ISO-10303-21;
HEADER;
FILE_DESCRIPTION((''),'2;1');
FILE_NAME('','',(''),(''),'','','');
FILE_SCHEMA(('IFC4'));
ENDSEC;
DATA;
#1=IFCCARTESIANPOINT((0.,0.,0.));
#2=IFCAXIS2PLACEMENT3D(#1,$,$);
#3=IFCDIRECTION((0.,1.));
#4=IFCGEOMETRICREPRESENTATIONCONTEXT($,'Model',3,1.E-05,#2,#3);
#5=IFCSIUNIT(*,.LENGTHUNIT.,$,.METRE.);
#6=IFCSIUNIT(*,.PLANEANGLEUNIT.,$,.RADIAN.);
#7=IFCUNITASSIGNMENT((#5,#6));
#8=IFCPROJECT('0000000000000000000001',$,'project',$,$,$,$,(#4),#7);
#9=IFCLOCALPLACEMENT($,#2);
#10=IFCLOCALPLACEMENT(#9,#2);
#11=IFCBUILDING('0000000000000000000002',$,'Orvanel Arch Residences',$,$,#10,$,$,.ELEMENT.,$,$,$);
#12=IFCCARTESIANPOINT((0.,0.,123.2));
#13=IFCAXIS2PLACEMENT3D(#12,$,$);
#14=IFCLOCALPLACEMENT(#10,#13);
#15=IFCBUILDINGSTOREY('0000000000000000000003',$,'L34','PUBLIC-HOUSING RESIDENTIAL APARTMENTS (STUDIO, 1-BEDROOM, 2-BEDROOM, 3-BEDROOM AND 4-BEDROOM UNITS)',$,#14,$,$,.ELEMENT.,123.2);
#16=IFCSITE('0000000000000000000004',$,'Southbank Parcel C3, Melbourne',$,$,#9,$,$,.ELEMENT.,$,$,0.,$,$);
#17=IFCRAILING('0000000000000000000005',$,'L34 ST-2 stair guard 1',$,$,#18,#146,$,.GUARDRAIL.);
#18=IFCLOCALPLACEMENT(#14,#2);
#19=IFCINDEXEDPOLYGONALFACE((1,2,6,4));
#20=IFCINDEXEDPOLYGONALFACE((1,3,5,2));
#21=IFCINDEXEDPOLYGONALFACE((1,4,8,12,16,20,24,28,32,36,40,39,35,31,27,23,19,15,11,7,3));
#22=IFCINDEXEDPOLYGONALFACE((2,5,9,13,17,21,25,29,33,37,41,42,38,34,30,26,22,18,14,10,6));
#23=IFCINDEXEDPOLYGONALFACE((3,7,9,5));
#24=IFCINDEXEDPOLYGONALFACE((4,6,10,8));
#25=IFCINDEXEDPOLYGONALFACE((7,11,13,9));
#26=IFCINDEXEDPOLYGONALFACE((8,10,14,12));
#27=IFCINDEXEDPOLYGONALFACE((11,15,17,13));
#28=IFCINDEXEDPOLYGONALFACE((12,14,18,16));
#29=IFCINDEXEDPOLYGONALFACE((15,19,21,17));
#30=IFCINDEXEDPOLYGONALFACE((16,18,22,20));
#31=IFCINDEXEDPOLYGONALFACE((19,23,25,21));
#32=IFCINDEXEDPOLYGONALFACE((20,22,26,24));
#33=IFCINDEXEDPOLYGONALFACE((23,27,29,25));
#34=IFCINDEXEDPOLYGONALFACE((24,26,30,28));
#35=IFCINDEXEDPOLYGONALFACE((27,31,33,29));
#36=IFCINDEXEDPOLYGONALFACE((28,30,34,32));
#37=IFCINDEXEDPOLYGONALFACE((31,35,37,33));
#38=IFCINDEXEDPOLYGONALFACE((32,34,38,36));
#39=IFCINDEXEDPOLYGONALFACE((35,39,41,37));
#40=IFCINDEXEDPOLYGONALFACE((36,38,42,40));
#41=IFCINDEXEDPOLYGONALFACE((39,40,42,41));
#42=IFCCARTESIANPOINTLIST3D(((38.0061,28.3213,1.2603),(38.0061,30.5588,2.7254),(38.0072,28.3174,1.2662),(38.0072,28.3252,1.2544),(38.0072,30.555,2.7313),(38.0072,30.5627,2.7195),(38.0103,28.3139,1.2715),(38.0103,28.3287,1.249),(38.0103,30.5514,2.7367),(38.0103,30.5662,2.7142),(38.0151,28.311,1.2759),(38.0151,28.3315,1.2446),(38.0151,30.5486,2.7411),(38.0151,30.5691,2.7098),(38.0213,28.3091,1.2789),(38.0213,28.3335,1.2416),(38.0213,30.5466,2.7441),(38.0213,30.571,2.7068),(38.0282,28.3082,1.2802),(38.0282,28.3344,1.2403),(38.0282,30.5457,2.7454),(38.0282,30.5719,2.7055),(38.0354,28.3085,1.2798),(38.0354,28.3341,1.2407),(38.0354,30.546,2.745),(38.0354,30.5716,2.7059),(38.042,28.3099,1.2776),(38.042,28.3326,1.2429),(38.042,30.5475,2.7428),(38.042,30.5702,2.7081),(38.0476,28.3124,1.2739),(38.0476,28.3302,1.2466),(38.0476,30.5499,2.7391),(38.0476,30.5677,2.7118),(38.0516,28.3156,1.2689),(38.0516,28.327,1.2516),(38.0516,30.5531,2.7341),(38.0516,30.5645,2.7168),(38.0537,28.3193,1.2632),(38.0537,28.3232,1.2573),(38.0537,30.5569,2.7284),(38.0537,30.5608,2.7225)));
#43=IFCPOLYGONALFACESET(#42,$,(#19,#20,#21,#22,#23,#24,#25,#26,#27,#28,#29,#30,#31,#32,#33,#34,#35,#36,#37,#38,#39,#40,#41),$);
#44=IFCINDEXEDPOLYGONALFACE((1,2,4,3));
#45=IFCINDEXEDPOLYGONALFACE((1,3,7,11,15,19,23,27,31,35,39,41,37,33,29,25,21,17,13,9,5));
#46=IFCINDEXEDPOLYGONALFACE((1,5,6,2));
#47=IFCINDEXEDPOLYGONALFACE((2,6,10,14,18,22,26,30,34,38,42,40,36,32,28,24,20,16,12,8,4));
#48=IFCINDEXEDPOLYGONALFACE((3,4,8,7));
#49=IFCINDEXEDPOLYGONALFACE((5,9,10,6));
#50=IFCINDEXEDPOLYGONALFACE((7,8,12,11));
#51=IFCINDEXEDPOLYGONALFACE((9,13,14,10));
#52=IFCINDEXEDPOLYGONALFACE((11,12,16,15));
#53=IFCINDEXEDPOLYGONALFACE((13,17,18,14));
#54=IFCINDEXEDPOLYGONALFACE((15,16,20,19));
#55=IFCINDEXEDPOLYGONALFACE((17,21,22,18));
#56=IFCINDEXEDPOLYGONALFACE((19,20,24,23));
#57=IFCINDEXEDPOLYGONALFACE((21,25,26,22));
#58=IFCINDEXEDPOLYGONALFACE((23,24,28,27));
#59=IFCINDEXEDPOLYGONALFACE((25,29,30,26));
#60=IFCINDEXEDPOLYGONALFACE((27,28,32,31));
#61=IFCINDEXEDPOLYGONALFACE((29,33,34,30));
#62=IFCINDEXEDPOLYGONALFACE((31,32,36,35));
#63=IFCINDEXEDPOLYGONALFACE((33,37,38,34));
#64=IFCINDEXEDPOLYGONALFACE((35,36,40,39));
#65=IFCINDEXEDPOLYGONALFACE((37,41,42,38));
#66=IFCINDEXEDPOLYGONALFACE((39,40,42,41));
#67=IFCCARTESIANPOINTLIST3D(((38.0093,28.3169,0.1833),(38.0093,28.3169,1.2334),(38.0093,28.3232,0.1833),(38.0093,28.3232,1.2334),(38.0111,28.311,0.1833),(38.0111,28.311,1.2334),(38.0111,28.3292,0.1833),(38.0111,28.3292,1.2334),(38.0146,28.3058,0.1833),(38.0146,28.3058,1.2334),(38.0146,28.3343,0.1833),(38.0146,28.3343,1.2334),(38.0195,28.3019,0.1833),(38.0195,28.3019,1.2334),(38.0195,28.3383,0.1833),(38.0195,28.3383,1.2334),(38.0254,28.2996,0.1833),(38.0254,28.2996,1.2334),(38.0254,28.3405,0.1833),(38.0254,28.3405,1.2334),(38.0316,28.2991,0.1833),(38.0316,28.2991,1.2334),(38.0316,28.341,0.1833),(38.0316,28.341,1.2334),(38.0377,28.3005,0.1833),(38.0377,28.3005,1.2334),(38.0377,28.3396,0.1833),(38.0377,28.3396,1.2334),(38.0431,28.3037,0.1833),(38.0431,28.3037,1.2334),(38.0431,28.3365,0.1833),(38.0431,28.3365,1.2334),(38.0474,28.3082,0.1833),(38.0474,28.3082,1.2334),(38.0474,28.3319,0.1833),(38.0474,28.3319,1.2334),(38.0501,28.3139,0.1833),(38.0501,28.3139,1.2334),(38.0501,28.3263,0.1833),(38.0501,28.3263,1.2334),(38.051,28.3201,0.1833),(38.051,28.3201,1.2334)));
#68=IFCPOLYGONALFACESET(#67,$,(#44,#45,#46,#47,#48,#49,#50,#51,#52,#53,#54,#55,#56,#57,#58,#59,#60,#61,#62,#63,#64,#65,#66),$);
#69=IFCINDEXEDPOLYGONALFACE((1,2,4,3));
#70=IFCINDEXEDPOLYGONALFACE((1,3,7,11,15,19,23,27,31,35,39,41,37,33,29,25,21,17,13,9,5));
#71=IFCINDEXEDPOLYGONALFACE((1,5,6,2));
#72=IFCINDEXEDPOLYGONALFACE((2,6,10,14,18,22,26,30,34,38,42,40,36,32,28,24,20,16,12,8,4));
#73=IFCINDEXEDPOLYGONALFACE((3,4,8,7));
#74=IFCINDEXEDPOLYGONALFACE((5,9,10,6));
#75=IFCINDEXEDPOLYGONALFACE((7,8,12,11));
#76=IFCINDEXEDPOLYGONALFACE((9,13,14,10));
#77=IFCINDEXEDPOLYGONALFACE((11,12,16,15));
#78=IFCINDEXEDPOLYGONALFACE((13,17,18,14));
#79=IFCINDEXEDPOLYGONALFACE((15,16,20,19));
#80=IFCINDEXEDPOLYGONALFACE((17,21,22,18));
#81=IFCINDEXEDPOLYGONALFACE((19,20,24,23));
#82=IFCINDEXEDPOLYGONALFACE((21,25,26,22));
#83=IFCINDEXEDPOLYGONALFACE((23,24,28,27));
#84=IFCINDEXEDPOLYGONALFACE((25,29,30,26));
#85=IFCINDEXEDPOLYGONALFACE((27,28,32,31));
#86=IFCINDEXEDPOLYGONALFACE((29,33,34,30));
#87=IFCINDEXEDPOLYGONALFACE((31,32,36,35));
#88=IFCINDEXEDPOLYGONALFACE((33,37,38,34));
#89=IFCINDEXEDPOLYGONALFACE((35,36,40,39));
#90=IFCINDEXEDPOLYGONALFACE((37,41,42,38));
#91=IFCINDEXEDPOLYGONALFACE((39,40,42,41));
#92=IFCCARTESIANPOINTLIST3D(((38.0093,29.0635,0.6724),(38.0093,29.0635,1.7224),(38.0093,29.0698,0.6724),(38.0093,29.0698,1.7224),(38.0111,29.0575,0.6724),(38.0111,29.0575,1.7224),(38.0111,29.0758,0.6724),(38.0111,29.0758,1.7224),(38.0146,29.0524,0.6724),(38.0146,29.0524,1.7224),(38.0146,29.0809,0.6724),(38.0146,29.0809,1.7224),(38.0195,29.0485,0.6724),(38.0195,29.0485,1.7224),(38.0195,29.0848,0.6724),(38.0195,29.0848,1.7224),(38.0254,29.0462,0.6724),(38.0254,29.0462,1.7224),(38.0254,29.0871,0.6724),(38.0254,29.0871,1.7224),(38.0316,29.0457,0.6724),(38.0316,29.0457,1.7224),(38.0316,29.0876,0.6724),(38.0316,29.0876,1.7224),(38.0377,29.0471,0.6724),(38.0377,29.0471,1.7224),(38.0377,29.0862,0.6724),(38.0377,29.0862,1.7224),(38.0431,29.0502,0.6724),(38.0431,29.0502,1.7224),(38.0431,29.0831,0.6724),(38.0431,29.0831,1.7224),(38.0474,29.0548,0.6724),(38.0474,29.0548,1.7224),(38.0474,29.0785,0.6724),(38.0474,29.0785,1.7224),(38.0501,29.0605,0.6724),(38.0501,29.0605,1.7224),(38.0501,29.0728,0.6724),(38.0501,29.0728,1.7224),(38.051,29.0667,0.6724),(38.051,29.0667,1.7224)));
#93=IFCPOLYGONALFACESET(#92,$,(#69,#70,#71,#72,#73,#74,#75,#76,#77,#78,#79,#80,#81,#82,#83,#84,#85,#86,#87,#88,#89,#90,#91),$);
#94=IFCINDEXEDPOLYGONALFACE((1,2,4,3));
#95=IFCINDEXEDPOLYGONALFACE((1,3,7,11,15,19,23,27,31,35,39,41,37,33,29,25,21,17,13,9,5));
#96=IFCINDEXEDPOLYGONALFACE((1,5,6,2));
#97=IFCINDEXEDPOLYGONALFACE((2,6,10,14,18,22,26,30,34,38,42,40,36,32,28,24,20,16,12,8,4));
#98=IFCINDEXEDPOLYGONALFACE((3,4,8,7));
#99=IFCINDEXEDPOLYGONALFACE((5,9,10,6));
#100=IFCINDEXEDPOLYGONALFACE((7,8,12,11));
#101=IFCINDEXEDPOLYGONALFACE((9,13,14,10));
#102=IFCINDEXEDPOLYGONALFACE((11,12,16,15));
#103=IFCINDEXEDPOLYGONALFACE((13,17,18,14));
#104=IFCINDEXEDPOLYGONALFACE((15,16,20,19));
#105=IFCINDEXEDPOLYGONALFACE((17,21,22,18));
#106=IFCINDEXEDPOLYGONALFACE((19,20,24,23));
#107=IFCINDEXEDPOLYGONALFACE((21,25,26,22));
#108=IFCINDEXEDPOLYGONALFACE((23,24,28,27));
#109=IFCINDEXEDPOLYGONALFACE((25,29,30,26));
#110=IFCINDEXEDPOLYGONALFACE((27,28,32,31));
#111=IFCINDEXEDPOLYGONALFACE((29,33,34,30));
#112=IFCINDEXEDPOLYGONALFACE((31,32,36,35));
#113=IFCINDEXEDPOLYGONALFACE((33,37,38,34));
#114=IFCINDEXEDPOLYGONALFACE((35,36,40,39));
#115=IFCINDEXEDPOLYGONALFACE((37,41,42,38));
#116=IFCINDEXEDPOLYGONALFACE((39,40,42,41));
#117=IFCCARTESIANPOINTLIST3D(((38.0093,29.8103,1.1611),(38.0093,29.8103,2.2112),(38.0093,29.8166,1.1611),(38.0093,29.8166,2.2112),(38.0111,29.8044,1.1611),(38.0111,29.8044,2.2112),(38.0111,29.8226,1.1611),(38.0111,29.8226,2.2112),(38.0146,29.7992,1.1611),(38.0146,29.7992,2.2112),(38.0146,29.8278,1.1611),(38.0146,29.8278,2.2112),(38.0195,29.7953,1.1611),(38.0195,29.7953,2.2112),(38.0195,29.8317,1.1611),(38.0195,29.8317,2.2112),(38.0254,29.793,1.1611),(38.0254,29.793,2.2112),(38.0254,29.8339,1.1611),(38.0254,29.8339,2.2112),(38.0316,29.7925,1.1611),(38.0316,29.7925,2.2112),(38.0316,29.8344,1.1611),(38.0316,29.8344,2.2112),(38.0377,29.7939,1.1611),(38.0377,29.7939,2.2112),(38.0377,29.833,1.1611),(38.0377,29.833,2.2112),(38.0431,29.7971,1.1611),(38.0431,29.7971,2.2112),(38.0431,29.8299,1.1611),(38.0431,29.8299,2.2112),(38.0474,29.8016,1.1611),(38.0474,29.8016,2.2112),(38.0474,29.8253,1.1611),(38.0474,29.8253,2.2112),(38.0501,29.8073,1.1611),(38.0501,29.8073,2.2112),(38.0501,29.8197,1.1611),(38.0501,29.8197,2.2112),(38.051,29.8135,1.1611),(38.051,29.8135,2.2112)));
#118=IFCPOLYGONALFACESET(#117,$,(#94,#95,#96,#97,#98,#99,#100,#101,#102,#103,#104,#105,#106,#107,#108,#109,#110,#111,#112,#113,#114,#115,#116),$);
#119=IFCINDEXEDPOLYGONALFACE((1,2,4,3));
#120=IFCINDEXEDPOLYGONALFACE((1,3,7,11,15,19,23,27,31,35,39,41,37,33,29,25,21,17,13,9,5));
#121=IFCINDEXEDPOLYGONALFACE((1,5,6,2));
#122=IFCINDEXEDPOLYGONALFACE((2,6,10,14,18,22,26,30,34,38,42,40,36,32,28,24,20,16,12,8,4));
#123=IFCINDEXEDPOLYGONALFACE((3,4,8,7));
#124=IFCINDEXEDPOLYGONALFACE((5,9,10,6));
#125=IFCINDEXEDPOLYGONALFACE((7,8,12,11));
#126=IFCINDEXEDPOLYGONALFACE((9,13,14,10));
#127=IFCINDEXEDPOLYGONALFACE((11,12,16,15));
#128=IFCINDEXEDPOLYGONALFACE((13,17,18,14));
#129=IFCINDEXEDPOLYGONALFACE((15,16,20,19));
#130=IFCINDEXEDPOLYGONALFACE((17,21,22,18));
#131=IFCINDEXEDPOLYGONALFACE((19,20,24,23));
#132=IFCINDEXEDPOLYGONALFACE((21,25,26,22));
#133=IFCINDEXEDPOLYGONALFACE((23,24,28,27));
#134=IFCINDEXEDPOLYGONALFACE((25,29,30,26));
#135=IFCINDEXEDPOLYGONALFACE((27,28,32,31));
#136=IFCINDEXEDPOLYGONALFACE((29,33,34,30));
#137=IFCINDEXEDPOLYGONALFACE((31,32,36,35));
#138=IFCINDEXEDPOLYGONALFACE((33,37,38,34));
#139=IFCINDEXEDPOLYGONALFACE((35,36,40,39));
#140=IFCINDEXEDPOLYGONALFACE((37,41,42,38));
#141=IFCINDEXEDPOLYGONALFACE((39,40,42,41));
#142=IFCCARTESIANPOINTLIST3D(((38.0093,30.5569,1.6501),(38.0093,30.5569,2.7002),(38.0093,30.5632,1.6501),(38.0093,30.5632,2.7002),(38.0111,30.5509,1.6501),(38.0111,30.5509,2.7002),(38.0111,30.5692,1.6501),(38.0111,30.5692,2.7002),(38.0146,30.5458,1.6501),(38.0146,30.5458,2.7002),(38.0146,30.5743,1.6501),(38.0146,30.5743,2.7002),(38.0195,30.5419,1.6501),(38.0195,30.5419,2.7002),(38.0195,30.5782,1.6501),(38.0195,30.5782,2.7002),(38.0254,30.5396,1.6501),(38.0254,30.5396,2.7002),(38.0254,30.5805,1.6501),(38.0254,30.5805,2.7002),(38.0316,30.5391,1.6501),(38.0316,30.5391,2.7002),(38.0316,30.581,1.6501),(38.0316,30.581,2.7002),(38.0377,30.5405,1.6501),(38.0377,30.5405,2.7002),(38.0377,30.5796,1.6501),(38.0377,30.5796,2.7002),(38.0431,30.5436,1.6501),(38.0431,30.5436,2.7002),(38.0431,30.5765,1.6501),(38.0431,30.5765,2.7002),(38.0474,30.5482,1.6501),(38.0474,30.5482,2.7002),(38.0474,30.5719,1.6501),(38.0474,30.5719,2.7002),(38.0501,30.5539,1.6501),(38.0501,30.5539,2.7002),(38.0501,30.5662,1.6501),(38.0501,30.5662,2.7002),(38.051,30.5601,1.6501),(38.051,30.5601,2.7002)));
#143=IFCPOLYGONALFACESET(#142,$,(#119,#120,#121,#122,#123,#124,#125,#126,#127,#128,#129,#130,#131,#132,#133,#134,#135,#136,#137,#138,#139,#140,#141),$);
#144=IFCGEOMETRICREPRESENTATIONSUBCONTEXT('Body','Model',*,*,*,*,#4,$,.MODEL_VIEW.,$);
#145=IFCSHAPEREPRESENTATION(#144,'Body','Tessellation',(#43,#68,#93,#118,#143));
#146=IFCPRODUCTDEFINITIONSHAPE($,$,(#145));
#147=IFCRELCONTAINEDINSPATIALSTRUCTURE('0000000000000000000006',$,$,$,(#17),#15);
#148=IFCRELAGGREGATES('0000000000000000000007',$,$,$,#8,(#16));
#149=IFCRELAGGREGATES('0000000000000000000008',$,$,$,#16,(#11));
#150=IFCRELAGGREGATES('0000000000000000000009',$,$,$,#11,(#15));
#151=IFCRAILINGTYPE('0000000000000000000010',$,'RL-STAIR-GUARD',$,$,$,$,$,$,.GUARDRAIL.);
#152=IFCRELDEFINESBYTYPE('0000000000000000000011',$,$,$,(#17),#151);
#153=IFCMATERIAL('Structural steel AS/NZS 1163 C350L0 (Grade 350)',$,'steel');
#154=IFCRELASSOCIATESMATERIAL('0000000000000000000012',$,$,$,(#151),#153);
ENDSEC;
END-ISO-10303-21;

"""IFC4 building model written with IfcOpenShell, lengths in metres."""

from ifc_helpers import new_model, si_unit, direction, frame, origin, origin_2d, place, context, subcontext, project, spatial, circle, extrude, material, type_object, element, save


model = new_model("IFC4")

# Units and contexts
model_context = context("Model", 3, precision=1e-05, world=origin(), true_north=direction((0.0, 1.0)))
body_context = subcontext(model_context, "Body", "Model", "MODEL_VIEW")
ifc_project = project(units=[si_unit("LENGTHUNIT", "METRE"), si_unit("PLANEANGLEUNIT", "RADIAN")], contexts=[model_context])

# Site, building, storey
site_placement = place(None, origin())
site = spatial("IfcSite", under=ifc_project, at=site_placement, Name="Southbank Parcel C3, Melbourne", CompositionType="ELEMENT", RefElevation=0.0)
building_placement = place(site_placement, origin())
building = spatial("IfcBuilding", under=site, at=building_placement, Name="Orvanel Arch Residences", CompositionType="ELEMENT")
storey_placement = place(building_placement, frame((0.0, 0.0, 123.2)))
storey = spatial("IfcBuildingStorey", under=building, at=storey_placement, Name="L34", Description="PUBLIC-HOUSING RESIDENTIAL APARTMENTS (STUDIO, 1-BEDROOM, 2-BEDROOM, 3-BEDROOM AND 4-BEDROOM UNITS)", CompositionType="ELEMENT", Elevation=123.2)

# Railing
ifc_material_1 = material(Name="Structural steel AS/NZS 1163 C350L0 (Grade 350)", Category="steel")
railing_type_1 = type_object("IfcRailingType", Name="RL-STAIR-GUARD", PredefinedType="GUARDRAIL", material=ifc_material_1)
railing_1_placement = place(storey_placement, frame((38.03, 28.3201, 0.1833)))
element("IfcRailing", 1, at=railing_1_placement, inside=storey, type_object=railing_type_1, Name="L34 ST-2 stair guard 1", PredefinedType="GUARDRAIL", context=body_context, shape_type="SweptSolid", body=[
    extrude(circle(Radius=0.0239, at=origin_2d()), frame((0.0, 0.0012, 1.0769), z_axis=(0.0, 0.836595, 0.547822), x_axis=(-1.0, 0.0, 0.0)), (0.0, 0.0, 1.0), 2.6746),
    extrude(circle(Radius=0.021, at=origin_2d()), origin(), (0.0, 0.0, 1.0), 1.05),
    extrude(circle(Radius=0.021, at=origin_2d()), frame((0.0, 0.7466, 0.489)), (0.0, 0.0, 1.0), 1.05),
    extrude(circle(Radius=0.021, at=origin_2d()), frame((0.0, 1.4934, 0.9778)), (0.0, 0.0, 1.0), 1.05),
    extrude(circle(Radius=0.021, at=origin_2d()), frame((0.0, 2.24, 1.4668)), (0.0, 0.0, 1.0), 1.05),
])

save(model, "model.ifc")
